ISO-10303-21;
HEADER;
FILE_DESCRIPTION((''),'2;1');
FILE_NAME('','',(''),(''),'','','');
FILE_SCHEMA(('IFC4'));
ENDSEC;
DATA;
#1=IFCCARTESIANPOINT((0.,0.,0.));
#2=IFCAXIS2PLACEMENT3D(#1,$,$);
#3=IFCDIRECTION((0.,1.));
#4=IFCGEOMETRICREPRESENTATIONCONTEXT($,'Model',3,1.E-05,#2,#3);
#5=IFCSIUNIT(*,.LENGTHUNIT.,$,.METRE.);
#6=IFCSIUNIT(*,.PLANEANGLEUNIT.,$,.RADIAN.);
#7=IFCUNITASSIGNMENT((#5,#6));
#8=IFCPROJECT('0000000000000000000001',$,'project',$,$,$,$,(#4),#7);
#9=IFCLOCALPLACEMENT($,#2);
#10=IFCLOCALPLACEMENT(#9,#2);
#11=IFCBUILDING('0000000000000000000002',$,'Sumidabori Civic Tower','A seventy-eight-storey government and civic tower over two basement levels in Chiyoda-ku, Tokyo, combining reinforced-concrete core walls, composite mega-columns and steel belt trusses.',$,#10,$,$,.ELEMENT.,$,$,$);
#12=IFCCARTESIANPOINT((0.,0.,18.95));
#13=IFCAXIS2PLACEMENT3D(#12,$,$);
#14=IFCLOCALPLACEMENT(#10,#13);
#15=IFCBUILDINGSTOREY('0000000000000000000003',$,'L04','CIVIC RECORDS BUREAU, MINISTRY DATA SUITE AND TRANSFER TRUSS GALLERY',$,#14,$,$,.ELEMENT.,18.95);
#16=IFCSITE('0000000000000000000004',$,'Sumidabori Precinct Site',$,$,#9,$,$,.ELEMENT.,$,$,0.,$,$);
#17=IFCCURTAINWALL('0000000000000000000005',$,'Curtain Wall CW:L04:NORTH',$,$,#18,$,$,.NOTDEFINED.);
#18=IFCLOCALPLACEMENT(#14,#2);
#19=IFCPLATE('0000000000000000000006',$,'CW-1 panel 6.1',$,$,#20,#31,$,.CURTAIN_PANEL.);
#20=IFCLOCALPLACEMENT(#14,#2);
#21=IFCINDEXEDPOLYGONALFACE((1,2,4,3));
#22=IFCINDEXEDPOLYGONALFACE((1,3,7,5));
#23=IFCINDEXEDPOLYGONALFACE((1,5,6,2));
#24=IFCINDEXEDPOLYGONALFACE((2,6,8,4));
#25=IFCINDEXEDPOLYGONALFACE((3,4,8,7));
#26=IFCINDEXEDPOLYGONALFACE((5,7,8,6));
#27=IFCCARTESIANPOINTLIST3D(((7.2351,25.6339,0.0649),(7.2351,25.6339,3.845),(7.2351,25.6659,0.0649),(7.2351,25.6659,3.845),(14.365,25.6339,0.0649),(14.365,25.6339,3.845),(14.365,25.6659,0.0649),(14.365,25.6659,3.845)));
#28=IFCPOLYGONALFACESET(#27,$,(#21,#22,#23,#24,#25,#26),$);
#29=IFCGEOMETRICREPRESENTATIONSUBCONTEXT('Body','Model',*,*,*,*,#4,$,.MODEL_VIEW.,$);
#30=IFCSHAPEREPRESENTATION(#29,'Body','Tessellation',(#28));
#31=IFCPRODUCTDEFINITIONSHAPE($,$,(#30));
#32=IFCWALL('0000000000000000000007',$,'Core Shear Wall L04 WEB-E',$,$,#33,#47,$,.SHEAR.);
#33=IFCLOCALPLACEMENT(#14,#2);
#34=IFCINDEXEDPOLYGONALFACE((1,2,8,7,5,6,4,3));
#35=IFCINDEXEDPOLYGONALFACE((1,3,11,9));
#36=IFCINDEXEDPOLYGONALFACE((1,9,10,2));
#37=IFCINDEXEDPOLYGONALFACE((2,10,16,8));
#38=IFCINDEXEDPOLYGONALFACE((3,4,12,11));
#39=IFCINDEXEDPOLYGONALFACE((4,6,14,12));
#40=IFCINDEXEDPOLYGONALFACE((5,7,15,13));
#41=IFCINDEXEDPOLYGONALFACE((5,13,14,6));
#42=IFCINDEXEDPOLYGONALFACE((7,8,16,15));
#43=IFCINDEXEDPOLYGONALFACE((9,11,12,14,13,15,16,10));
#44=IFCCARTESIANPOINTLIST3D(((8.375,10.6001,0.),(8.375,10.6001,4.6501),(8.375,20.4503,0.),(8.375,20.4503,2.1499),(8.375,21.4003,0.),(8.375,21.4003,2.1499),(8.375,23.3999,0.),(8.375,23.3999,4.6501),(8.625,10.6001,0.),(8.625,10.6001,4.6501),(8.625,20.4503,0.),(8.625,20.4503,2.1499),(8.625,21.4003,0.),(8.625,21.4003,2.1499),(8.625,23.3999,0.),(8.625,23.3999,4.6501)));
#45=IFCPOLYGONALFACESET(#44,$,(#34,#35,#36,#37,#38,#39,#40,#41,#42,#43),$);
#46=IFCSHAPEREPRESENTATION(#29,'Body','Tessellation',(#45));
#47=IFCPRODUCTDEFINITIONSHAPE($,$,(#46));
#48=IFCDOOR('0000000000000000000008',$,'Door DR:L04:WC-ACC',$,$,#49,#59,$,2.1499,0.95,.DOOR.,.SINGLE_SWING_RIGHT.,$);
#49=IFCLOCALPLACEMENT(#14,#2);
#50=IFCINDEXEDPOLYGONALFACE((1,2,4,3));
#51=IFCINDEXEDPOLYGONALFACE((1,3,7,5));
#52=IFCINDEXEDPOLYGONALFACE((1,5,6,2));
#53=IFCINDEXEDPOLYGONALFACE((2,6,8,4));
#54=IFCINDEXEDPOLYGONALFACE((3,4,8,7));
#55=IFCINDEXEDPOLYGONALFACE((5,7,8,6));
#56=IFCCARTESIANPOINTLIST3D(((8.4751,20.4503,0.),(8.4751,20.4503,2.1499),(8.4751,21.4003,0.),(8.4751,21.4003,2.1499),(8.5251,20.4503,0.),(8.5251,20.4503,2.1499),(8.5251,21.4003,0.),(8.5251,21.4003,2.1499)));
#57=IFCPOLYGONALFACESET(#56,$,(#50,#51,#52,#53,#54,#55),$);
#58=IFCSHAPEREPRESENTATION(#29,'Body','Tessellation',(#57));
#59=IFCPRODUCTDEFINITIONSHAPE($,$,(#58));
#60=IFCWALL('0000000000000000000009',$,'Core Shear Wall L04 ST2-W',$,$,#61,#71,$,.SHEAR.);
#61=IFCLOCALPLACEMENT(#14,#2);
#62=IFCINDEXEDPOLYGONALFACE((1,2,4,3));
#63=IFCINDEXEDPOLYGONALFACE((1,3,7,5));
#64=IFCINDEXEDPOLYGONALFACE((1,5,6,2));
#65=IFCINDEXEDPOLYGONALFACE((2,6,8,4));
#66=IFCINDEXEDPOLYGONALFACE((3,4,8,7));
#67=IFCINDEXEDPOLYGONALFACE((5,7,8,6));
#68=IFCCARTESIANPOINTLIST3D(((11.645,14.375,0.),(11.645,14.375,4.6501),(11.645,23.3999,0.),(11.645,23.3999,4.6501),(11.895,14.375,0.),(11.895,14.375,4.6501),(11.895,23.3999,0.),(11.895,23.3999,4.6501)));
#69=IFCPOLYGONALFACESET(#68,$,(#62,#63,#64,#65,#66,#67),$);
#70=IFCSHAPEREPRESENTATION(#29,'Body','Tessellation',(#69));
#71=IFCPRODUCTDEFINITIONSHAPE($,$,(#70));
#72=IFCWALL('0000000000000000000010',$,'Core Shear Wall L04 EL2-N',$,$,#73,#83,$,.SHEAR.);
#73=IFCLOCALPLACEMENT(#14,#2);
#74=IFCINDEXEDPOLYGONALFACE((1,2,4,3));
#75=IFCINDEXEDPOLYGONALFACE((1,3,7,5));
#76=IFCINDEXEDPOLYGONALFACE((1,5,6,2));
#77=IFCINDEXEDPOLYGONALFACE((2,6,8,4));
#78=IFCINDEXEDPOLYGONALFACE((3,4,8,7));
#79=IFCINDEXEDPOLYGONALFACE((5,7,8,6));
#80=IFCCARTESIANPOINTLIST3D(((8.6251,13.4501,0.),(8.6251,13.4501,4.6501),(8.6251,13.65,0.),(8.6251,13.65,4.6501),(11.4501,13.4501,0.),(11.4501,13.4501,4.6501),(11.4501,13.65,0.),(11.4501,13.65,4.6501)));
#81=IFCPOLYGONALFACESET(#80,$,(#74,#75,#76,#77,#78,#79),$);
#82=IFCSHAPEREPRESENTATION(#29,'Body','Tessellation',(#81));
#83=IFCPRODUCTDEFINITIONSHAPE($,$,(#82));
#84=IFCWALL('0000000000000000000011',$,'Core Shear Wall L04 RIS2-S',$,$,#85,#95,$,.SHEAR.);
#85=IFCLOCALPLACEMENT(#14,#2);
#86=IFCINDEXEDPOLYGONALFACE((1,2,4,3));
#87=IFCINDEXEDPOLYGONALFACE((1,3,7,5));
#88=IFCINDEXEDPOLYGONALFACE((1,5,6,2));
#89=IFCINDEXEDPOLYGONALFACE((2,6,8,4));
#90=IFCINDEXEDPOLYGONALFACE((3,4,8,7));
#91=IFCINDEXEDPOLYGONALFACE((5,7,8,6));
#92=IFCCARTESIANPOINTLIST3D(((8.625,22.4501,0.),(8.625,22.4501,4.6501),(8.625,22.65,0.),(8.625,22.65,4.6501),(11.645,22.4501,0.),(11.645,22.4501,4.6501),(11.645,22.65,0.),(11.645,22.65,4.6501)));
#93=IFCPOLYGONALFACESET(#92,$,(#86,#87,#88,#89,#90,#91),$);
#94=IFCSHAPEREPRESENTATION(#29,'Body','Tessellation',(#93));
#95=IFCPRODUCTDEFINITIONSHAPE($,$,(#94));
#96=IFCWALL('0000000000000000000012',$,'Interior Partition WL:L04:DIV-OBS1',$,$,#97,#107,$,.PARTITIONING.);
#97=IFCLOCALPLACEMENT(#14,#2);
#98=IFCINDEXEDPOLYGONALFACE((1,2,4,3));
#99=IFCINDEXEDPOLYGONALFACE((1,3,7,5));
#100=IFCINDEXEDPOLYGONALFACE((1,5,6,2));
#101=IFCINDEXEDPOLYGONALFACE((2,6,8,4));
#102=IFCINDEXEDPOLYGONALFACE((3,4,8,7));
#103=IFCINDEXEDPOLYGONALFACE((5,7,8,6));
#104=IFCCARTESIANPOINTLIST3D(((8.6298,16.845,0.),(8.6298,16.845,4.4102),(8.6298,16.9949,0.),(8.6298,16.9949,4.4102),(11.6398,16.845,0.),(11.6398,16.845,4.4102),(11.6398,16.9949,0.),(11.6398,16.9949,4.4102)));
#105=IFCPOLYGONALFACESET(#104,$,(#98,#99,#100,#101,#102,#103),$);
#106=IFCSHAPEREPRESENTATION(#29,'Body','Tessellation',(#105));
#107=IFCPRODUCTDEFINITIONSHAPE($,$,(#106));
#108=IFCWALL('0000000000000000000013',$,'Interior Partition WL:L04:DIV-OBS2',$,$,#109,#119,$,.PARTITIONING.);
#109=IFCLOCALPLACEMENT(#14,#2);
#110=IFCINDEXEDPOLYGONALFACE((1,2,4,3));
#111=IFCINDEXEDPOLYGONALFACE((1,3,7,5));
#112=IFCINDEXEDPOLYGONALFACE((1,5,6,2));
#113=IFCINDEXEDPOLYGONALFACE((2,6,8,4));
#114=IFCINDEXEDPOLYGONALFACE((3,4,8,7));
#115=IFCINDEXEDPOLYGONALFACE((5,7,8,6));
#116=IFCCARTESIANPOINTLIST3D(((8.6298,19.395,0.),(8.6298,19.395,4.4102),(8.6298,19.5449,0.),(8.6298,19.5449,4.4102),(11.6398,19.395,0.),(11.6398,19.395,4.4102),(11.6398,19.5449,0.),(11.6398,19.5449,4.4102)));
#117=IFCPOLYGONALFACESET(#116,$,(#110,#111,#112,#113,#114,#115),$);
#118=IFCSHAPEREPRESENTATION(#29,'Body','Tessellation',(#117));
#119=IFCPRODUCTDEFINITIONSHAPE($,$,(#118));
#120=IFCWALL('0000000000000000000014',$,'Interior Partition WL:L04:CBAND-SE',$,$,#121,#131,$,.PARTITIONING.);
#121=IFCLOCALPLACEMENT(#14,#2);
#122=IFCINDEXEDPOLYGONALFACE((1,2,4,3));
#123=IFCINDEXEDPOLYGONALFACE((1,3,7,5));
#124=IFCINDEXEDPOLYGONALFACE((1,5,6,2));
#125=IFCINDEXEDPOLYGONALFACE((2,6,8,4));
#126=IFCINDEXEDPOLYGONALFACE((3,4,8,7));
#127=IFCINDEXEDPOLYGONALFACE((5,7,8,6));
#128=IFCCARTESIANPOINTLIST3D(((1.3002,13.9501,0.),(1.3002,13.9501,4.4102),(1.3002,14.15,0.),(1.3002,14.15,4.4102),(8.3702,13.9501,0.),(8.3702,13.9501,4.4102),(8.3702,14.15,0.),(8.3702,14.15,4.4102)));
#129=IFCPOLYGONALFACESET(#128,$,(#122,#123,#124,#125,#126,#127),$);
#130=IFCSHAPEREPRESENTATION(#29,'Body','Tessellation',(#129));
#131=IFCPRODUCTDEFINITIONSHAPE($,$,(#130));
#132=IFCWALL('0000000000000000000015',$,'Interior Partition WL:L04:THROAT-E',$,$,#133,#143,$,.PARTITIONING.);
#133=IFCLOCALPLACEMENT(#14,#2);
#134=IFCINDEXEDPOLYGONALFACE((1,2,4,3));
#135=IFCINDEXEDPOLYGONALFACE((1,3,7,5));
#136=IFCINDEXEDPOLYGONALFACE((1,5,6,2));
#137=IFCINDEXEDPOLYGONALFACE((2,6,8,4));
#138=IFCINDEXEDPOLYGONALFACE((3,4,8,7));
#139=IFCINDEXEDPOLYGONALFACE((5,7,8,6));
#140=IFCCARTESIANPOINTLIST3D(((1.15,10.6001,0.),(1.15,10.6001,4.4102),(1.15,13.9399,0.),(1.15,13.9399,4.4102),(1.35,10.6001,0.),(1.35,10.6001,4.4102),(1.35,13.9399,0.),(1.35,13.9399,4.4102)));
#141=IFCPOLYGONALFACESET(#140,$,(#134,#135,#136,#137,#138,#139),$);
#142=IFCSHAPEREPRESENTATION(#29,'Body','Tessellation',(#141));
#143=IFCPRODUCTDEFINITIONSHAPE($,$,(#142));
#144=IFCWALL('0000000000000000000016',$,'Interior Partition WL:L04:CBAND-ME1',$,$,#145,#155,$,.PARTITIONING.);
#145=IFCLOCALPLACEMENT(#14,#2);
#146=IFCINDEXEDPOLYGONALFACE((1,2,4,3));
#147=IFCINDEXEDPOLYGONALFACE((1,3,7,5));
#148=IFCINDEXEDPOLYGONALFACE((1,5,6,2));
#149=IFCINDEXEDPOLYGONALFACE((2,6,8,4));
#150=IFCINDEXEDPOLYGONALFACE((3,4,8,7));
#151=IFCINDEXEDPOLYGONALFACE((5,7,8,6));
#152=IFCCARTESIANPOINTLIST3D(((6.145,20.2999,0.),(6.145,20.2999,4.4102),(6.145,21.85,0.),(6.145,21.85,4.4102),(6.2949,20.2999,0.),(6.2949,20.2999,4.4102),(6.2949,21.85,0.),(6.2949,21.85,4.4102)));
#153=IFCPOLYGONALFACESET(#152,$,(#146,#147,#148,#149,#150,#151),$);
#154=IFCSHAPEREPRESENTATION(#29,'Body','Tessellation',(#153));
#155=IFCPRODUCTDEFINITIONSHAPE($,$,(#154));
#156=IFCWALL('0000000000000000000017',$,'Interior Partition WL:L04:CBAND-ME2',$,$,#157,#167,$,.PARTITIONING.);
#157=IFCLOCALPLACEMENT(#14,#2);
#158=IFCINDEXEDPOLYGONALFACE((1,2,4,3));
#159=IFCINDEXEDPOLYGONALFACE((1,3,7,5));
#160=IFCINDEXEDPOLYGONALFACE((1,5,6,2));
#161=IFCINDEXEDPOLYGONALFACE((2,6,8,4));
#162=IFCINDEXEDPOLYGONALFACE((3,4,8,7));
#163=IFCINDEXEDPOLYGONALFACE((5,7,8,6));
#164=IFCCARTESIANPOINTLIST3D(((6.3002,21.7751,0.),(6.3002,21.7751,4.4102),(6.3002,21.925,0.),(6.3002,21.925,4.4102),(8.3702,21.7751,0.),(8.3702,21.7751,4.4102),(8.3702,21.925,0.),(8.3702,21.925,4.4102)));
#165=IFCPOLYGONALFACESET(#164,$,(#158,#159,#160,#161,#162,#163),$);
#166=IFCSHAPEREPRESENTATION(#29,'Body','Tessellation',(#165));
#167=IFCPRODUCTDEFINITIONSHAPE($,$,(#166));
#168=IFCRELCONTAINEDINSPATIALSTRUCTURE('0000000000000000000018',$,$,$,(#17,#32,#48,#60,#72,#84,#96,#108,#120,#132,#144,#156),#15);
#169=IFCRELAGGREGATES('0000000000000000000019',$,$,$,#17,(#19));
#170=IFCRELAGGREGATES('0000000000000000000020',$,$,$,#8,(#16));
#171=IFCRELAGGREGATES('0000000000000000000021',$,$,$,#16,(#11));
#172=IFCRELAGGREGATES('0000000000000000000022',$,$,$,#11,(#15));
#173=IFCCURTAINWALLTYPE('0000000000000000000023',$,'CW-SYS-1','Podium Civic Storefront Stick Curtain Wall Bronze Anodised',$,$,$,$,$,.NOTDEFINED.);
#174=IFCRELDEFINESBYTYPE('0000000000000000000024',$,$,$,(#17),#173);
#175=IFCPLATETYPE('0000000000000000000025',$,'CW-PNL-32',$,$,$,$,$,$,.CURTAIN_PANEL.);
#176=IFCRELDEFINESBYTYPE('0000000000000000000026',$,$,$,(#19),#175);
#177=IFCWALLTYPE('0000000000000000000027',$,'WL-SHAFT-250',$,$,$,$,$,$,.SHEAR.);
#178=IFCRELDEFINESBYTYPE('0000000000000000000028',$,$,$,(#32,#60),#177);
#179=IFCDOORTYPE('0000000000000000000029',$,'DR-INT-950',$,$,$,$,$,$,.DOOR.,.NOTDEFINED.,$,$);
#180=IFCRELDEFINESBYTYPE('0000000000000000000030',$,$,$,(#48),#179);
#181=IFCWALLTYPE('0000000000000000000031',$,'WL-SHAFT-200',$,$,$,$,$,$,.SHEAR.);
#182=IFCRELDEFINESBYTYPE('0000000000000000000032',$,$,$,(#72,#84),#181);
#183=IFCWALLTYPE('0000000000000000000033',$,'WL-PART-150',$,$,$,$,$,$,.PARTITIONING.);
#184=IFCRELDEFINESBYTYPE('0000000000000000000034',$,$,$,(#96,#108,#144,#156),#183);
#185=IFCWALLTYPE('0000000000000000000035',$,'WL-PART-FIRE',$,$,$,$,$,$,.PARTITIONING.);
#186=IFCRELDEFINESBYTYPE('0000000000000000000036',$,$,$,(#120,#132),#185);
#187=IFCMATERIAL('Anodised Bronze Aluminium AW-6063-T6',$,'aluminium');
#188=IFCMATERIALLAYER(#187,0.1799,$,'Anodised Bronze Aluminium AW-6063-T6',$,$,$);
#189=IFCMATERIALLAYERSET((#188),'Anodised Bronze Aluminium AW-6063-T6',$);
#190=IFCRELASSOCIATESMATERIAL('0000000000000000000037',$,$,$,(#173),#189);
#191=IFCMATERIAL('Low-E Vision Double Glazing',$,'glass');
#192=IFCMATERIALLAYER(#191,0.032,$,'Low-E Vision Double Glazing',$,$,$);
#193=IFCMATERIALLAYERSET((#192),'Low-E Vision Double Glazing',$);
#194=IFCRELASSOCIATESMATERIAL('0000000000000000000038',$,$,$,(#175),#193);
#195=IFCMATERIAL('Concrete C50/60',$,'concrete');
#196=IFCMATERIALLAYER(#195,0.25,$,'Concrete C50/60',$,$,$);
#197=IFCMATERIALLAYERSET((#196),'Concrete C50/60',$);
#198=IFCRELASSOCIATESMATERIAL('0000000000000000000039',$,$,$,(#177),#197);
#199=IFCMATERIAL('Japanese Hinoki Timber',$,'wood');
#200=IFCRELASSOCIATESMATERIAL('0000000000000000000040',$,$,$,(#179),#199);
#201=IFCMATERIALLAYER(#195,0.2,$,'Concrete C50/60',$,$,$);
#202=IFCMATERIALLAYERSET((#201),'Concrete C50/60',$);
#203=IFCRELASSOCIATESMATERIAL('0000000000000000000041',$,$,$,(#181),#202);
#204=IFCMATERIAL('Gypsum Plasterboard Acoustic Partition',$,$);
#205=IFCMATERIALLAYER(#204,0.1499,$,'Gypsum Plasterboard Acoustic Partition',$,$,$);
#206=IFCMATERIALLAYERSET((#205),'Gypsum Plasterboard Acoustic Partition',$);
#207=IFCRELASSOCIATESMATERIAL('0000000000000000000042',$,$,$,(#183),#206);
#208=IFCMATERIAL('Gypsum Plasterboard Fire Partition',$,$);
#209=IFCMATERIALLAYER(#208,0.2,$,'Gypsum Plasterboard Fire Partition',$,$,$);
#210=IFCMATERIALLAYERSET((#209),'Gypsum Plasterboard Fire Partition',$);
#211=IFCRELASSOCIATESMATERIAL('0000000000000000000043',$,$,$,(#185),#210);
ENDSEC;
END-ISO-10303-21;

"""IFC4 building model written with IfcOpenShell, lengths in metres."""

from ifc_helpers import new_model, si_unit, direction, frame, frame_2d, origin, origin_2d, place, context, subcontext, project, spatial, rectangle, extrude, source, transform, mapped, material, layer, layer_set, type_object, element, fill, aggregate, save


model = new_model("IFC4")

# Units and contexts
model_context = context("Model", 3, precision=1e-05, world=origin(), true_north=direction((0.0, 1.0)))
body_context = subcontext(model_context, "Body", "Model", "MODEL_VIEW")
ifc_project = project(units=[si_unit("LENGTHUNIT", "METRE"), si_unit("PLANEANGLEUNIT", "RADIAN")], contexts=[model_context])

# Site, building, storey
site_placement = place(None, origin())
site = spatial("IfcSite", under=ifc_project, at=site_placement, Name="Sumidabori Precinct Site", CompositionType="ELEMENT", RefElevation=0.0)
building_placement = place(site_placement, origin())
building = spatial("IfcBuilding", under=site, at=building_placement, Name="Sumidabori Civic Tower", Description="A seventy-eight-storey government and civic tower over two basement levels in Chiyoda-ku, Tokyo, combining reinforced-concrete core walls, composite mega-columns and steel belt trusses.", CompositionType="ELEMENT")
storey_placement = place(building_placement, frame((0.0, 0.0, 18.95)))
storey = spatial("IfcBuildingStorey", under=building, at=storey_placement, Name="L04", Description="CIVIC RECORDS BUREAU, MINISTRY DATA SUITE AND TRANSFER TRUSS GALLERY", CompositionType="ELEMENT", Elevation=18.95)

# Curtain wall, plate
ifc_material_1 = material(Name="Anodised Bronze Aluminium AW-6063-T6", Category="aluminium")
ifc_layer_1 = layer(ifc_material_1, 0.1799, Name="Anodised Bronze Aluminium AW-6063-T6")
ifc_layer_set_1 = layer_set([ifc_layer_1], Name="Anodised Bronze Aluminium AW-6063-T6")
curtain_wall_type = type_object("IfcCurtainWallType", Name="CW-SYS-1", Description="Podium Civic Storefront Stick Curtain Wall Bronze Anodised", PredefinedType="NOTDEFINED", material=ifc_layer_set_1)
curtain_wall_placement = place(storey_placement, origin())
curtain_wall = element("IfcCurtainWall", 1, at=curtain_wall_placement, inside=storey, type_object=curtain_wall_type, Name="Curtain Wall CW:L04:NORTH", PredefinedType="NOTDEFINED")
ifc_material_2 = material(Name="Low-E Vision Double Glazing", Category="glass")
ifc_layer_2 = layer(ifc_material_2, 0.032, Name="Low-E Vision Double Glazing")
ifc_layer_set_2 = layer_set([ifc_layer_2], Name="Low-E Vision Double Glazing")
plate_type = type_object("IfcPlateType", Name="CW-PNL-32", PredefinedType="CURTAIN_PANEL", material=ifc_layer_set_2)
shared_shape_1 = source(origin(), body_context, "Body", "SweptSolid", [
    extrude(rectangle(XDim=7.1299, YDim=0.032, at=origin_2d()), origin(), (0.0, 0.0, 1.0), 3.78),
])
plate_1_placement = place(storey_placement, frame((10.8, 25.6499, 0.0649), z_axis=(0.0, 0.0, 1.0), x_axis=(1.0, 0.0, 0.0)))
plate_1 = element("IfcPlate", 2, at=plate_1_placement, type_object=plate_type, Name="CW-1 panel 6.1", PredefinedType="CURTAIN_PANEL", context=body_context, shape_type="MappedRepresentation", body=[
    mapped(shared_shape_1, transform((0.0, 0.0, 0.0), x_axis=(1.0, 0.0, 0.0), y_axis=(0.0, 1.0, 0.0), z_axis=(0.0, 0.0, 1.0), scale=1.0)),
])
aggregate(curtain_wall, [plate_1])

# Wall, opening, door
ifc_material_3 = material(Name="Concrete C50/60", Category="concrete")
ifc_layer_3 = layer(ifc_material_3, 0.25, Name="Concrete C50/60")
ifc_layer_set_3 = layer_set([ifc_layer_3], Name="Concrete C50/60")
wall_type_1 = type_object("IfcWallType", Name="WL-SHAFT-250", PredefinedType="SHEAR", material=ifc_layer_set_3)
shared_shape_2 = source(origin(), body_context, "Body", "SweptSolid", [
    extrude(rectangle(XDim=12.7998, YDim=0.25, at=frame_2d((6.3999, 0.0))), origin(), (0.0, 0.0, 1.0), 4.6501),
])
wall_1_placement = place(storey_placement, frame((8.5, 10.6001, 0.0), z_axis=(0.0, 0.0, 1.0), x_axis=(0.0, 1.0, 0.0)))
wall_1 = element("IfcWall", 3, at=wall_1_placement, inside=storey, type_object=wall_type_1, Name="Core Shear Wall L04 WEB-E", PredefinedType="SHEAR", context=body_context, shape_type="MappedRepresentation", body=[
    mapped(shared_shape_2, transform((0.0, 0.0, 0.0), x_axis=(1.0, 0.0, 0.0), y_axis=(0.0, 1.0, 0.0), z_axis=(0.0, 0.0, 1.0), scale=1.0)),
])
opening_1_placement = place(wall_1_placement, frame((9.8501, 0.0, 0.0)))
opening_1 = element("IfcOpeningElement", 4, at=opening_1_placement, cuts=wall_1, PredefinedType="OPENING", context=body_context, shape_type="SweptSolid", body=[
    extrude(rectangle(XDim=0.95, YDim=2.1499, at=frame_2d((0.4751, 1.075))), frame((0.0, 0.137, 0.0), z_axis=(0.0, -1.0, 0.0), x_axis=(1.0, 0.0, 0.0)), (0.0, 0.0, 1.0), 0.2739),
])
ifc_material_4 = material(Name="Japanese Hinoki Timber", Category="wood")
door_type_1 = type_object("IfcDoorType", Name="DR-INT-950", OperationType="NOTDEFINED", PredefinedType="DOOR", material=ifc_material_4)
shared_shape_3 = source(origin(), body_context, "Body", "SweptSolid", [
    extrude(rectangle(XDim=0.95, YDim=2.1499, at=frame_2d((0.4751, 1.075))), frame((0.0, 0.0249, 0.0), z_axis=(0.0, -1.0, 0.0), x_axis=(1.0, 0.0, 0.0)), (0.0, 0.0, 1.0), 0.05),
])
door_1_placement = place(opening_1_placement, origin())
door_1 = element("IfcDoor", 5, at=door_1_placement, inside=storey, type_object=door_type_1, Name="Door DR:L04:WC-ACC", OperationType="SINGLE_SWING_RIGHT", OverallHeight=2.1499, OverallWidth=0.95, PredefinedType="DOOR", context=body_context, shape_type="MappedRepresentation", body=[
    mapped(shared_shape_3, transform((0.0, 0.0, 0.0), x_axis=(1.0, 0.0, 0.0), y_axis=(0.0, 1.0, 0.0), z_axis=(0.0, 0.0, 1.0), scale=1.0)),
])
fill(opening_1, door_1)

# Wall
shared_shape_4 = source(origin(), body_context, "Body", "SweptSolid", [
    extrude(rectangle(XDim=9.0249, YDim=0.25, at=frame_2d((4.5125, 0.0))), origin(), (0.0, 0.0, 1.0), 4.6501),
])
wall_2_placement = place(storey_placement, frame((11.77, 14.375, 0.0), z_axis=(0.0, 0.0, 1.0), x_axis=(0.0, 1.0, 0.0)))
element("IfcWall", 6, at=wall_2_placement, inside=storey, type_object=wall_type_1, Name="Core Shear Wall L04 ST2-W", PredefinedType="SHEAR", context=body_context, shape_type="MappedRepresentation", body=[
    mapped(shared_shape_4, transform((0.0, 0.0, 0.0), x_axis=(1.0, 0.0, 0.0), y_axis=(0.0, 1.0, 0.0), z_axis=(0.0, 0.0, 1.0), scale=1.0)),
])

# Shared definitions
ifc_layer_4 = layer(ifc_material_3, 0.2, Name="Concrete C50/60")
ifc_layer_set_4 = layer_set([ifc_layer_4], Name="Concrete C50/60")
wall_type_2 = type_object("IfcWallType", Name="WL-SHAFT-200", PredefinedType="SHEAR", material=ifc_layer_set_4)

# Walls
shared_shape_5 = source(origin(), body_context, "Body", "SweptSolid", [
    extrude(rectangle(XDim=2.825, YDim=0.2, at=frame_2d((1.4126, 0.0))), origin(), (0.0, 0.0, 1.0), 4.6501),
])
wall_3_placement = place(storey_placement, frame((8.625, 13.55, 0.0), z_axis=(0.0, 0.0, 1.0), x_axis=(1.0, 0.0, 0.0)))
element("IfcWall", 7, at=wall_3_placement, inside=storey, type_object=wall_type_2, Name="Core Shear Wall L04 EL2-N", PredefinedType="SHEAR", context=body_context, shape_type="MappedRepresentation", body=[
    mapped(shared_shape_5, transform((0.0, 0.0, 0.0), x_axis=(1.0, 0.0, 0.0), y_axis=(0.0, 1.0, 0.0), z_axis=(0.0, 0.0, 1.0), scale=1.0)),
])
shared_shape_6 = source(origin(), body_context, "Body", "SweptSolid", [
    extrude(rectangle(XDim=3.02, YDim=0.2, at=frame_2d((1.51, 0.0))), origin(), (0.0, 0.0, 1.0), 4.6501),
])
wall_4_placement = place(storey_placement, frame((8.625, 22.55, 0.0), z_axis=(0.0, 0.0, 1.0), x_axis=(1.0, 0.0, 0.0)))
element("IfcWall", 8, at=wall_4_placement, inside=storey, type_object=wall_type_2, Name="Core Shear Wall L04 RIS2-S", PredefinedType="SHEAR", context=body_context, shape_type="MappedRepresentation", body=[
    mapped(shared_shape_6, transform((0.0, 0.0, 0.0), x_axis=(1.0, 0.0, 0.0), y_axis=(0.0, 1.0, 0.0), z_axis=(0.0, 0.0, 1.0), scale=1.0)),
])
ifc_material_5 = material(Name="Gypsum Plasterboard Acoustic Partition")
ifc_layer_5 = layer(ifc_material_5, 0.1499, Name="Gypsum Plasterboard Acoustic Partition")
ifc_layer_set_5 = layer_set([ifc_layer_5], Name="Gypsum Plasterboard Acoustic Partition")
wall_type_3 = type_object("IfcWallType", Name="WL-PART-150", PredefinedType="PARTITIONING", material=ifc_layer_set_5)
shared_shape_7 = source(origin(), body_context, "Body", "SweptSolid", [
    extrude(rectangle(XDim=3.01, YDim=0.1499, at=frame_2d((1.5049, 0.0))), origin(), (0.0, 0.0, 1.0), 4.4102),
])
for number, where, z_axis, x_axis, name in (
    (9, (8.6299, 16.9199, 0.0), (0.0, 0.0, 1.0), (1.0, 0.0, 0.0), "Interior Partition WL:L04:DIV-OBS1"),
    (10, (8.6299, 19.47, 0.0), (0.0, 0.0, 1.0), (1.0, 0.0, 0.0), "Interior Partition WL:L04:DIV-OBS2"),
):
    element("IfcWall", number, at=place(storey_placement, frame(where, z_axis=z_axis, x_axis=x_axis)), inside=storey, type_object=wall_type_3, Name=name, PredefinedType="PARTITIONING", context=body_context, shape_type="MappedRepresentation", body=[
        mapped(shared_shape_7, transform((0.0, 0.0, 0.0), x_axis=(1.0, 0.0, 0.0), y_axis=(0.0, 1.0, 0.0), z_axis=(0.0, 0.0, 1.0), scale=1.0)),
    ])
ifc_material_6 = material(Name="Gypsum Plasterboard Fire Partition")
ifc_layer_6 = layer(ifc_material_6, 0.2, Name="Gypsum Plasterboard Fire Partition")
ifc_layer_set_6 = layer_set([ifc_layer_6], Name="Gypsum Plasterboard Fire Partition")
wall_type_4 = type_object("IfcWallType", Name="WL-PART-FIRE", PredefinedType="PARTITIONING", material=ifc_layer_set_6)
shared_shape_8 = source(origin(), body_context, "Body", "SweptSolid", [
    extrude(rectangle(XDim=7.0701, YDim=0.2, at=frame_2d((3.5352, 0.0))), origin(), (0.0, 0.0, 1.0), 4.4102),
])
wall_5_placement = place(storey_placement, frame((1.3, 14.05, 0.0), z_axis=(0.0, 0.0, 1.0), x_axis=(1.0, 0.0, 0.0)))
element("IfcWall", 11, at=wall_5_placement, inside=storey, type_object=wall_type_4, Name="Interior Partition WL:L04:CBAND-SE", PredefinedType="PARTITIONING", context=body_context, shape_type="MappedRepresentation", body=[
    mapped(shared_shape_8, transform((0.0, 0.0, 0.0), x_axis=(1.0, 0.0, 0.0), y_axis=(0.0, 1.0, 0.0), z_axis=(0.0, 0.0, 1.0), scale=1.0)),
])
shared_shape_9 = source(origin(), body_context, "Body", "SweptSolid", [
    extrude(rectangle(XDim=3.3398, YDim=0.2, at=frame_2d((1.6699, 0.0))), origin(), (0.0, 0.0, 1.0), 4.4102),
])
wall_6_placement = place(storey_placement, frame((1.25, 10.6001, 0.0), z_axis=(0.0, 0.0, 1.0), x_axis=(0.0, 1.0, 0.0)))
element("IfcWall", 12, at=wall_6_placement, inside=storey, type_object=wall_type_4, Name="Interior Partition WL:L04:THROAT-E", PredefinedType="PARTITIONING", context=body_context, shape_type="MappedRepresentation", body=[
    mapped(shared_shape_9, transform((0.0, 0.0, 0.0), x_axis=(1.0, 0.0, 0.0), y_axis=(0.0, 1.0, 0.0), z_axis=(0.0, 0.0, 1.0), scale=1.0)),
])
shared_shape_10 = source(origin(), body_context, "Body", "SweptSolid", [
    extrude(rectangle(XDim=1.55, YDim=0.1499, at=frame_2d((0.7749, 0.0))), origin(), (0.0, 0.0, 1.0), 4.4102),
])
wall_7_placement = place(storey_placement, frame((6.22, 20.3, 0.0), z_axis=(0.0, 0.0, 1.0), x_axis=(0.0, 1.0, 0.0)))
element("IfcWall", 13, at=wall_7_placement, inside=storey, type_object=wall_type_3, Name="Interior Partition WL:L04:CBAND-ME1", PredefinedType="PARTITIONING", context=body_context, shape_type="MappedRepresentation", body=[
    mapped(shared_shape_10, transform((0.0, 0.0, 0.0), x_axis=(1.0, 0.0, 0.0), y_axis=(0.0, 1.0, 0.0), z_axis=(0.0, 0.0, 1.0), scale=1.0)),
])
shared_shape_11 = source(origin(), body_context, "Body", "SweptSolid", [
    extrude(rectangle(XDim=2.0701, YDim=0.1499, at=frame_2d((1.0352, 0.0))), origin(), (0.0, 0.0, 1.0), 4.4102),
])
wall_8_placement = place(storey_placement, frame((6.3, 21.8501, 0.0), z_axis=(0.0, 0.0, 1.0), x_axis=(1.0, 0.0, 0.0)))
element("IfcWall", 14, at=wall_8_placement, inside=storey, type_object=wall_type_3, Name="Interior Partition WL:L04:CBAND-ME2", PredefinedType="PARTITIONING", context=body_context, shape_type="MappedRepresentation", body=[
    mapped(shared_shape_11, transform((0.0, 0.0, 0.0), x_axis=(1.0, 0.0, 0.0), y_axis=(0.0, 1.0, 0.0), z_axis=(0.0, 0.0, 1.0), scale=1.0)),
])

save(model, "model.ifc")
